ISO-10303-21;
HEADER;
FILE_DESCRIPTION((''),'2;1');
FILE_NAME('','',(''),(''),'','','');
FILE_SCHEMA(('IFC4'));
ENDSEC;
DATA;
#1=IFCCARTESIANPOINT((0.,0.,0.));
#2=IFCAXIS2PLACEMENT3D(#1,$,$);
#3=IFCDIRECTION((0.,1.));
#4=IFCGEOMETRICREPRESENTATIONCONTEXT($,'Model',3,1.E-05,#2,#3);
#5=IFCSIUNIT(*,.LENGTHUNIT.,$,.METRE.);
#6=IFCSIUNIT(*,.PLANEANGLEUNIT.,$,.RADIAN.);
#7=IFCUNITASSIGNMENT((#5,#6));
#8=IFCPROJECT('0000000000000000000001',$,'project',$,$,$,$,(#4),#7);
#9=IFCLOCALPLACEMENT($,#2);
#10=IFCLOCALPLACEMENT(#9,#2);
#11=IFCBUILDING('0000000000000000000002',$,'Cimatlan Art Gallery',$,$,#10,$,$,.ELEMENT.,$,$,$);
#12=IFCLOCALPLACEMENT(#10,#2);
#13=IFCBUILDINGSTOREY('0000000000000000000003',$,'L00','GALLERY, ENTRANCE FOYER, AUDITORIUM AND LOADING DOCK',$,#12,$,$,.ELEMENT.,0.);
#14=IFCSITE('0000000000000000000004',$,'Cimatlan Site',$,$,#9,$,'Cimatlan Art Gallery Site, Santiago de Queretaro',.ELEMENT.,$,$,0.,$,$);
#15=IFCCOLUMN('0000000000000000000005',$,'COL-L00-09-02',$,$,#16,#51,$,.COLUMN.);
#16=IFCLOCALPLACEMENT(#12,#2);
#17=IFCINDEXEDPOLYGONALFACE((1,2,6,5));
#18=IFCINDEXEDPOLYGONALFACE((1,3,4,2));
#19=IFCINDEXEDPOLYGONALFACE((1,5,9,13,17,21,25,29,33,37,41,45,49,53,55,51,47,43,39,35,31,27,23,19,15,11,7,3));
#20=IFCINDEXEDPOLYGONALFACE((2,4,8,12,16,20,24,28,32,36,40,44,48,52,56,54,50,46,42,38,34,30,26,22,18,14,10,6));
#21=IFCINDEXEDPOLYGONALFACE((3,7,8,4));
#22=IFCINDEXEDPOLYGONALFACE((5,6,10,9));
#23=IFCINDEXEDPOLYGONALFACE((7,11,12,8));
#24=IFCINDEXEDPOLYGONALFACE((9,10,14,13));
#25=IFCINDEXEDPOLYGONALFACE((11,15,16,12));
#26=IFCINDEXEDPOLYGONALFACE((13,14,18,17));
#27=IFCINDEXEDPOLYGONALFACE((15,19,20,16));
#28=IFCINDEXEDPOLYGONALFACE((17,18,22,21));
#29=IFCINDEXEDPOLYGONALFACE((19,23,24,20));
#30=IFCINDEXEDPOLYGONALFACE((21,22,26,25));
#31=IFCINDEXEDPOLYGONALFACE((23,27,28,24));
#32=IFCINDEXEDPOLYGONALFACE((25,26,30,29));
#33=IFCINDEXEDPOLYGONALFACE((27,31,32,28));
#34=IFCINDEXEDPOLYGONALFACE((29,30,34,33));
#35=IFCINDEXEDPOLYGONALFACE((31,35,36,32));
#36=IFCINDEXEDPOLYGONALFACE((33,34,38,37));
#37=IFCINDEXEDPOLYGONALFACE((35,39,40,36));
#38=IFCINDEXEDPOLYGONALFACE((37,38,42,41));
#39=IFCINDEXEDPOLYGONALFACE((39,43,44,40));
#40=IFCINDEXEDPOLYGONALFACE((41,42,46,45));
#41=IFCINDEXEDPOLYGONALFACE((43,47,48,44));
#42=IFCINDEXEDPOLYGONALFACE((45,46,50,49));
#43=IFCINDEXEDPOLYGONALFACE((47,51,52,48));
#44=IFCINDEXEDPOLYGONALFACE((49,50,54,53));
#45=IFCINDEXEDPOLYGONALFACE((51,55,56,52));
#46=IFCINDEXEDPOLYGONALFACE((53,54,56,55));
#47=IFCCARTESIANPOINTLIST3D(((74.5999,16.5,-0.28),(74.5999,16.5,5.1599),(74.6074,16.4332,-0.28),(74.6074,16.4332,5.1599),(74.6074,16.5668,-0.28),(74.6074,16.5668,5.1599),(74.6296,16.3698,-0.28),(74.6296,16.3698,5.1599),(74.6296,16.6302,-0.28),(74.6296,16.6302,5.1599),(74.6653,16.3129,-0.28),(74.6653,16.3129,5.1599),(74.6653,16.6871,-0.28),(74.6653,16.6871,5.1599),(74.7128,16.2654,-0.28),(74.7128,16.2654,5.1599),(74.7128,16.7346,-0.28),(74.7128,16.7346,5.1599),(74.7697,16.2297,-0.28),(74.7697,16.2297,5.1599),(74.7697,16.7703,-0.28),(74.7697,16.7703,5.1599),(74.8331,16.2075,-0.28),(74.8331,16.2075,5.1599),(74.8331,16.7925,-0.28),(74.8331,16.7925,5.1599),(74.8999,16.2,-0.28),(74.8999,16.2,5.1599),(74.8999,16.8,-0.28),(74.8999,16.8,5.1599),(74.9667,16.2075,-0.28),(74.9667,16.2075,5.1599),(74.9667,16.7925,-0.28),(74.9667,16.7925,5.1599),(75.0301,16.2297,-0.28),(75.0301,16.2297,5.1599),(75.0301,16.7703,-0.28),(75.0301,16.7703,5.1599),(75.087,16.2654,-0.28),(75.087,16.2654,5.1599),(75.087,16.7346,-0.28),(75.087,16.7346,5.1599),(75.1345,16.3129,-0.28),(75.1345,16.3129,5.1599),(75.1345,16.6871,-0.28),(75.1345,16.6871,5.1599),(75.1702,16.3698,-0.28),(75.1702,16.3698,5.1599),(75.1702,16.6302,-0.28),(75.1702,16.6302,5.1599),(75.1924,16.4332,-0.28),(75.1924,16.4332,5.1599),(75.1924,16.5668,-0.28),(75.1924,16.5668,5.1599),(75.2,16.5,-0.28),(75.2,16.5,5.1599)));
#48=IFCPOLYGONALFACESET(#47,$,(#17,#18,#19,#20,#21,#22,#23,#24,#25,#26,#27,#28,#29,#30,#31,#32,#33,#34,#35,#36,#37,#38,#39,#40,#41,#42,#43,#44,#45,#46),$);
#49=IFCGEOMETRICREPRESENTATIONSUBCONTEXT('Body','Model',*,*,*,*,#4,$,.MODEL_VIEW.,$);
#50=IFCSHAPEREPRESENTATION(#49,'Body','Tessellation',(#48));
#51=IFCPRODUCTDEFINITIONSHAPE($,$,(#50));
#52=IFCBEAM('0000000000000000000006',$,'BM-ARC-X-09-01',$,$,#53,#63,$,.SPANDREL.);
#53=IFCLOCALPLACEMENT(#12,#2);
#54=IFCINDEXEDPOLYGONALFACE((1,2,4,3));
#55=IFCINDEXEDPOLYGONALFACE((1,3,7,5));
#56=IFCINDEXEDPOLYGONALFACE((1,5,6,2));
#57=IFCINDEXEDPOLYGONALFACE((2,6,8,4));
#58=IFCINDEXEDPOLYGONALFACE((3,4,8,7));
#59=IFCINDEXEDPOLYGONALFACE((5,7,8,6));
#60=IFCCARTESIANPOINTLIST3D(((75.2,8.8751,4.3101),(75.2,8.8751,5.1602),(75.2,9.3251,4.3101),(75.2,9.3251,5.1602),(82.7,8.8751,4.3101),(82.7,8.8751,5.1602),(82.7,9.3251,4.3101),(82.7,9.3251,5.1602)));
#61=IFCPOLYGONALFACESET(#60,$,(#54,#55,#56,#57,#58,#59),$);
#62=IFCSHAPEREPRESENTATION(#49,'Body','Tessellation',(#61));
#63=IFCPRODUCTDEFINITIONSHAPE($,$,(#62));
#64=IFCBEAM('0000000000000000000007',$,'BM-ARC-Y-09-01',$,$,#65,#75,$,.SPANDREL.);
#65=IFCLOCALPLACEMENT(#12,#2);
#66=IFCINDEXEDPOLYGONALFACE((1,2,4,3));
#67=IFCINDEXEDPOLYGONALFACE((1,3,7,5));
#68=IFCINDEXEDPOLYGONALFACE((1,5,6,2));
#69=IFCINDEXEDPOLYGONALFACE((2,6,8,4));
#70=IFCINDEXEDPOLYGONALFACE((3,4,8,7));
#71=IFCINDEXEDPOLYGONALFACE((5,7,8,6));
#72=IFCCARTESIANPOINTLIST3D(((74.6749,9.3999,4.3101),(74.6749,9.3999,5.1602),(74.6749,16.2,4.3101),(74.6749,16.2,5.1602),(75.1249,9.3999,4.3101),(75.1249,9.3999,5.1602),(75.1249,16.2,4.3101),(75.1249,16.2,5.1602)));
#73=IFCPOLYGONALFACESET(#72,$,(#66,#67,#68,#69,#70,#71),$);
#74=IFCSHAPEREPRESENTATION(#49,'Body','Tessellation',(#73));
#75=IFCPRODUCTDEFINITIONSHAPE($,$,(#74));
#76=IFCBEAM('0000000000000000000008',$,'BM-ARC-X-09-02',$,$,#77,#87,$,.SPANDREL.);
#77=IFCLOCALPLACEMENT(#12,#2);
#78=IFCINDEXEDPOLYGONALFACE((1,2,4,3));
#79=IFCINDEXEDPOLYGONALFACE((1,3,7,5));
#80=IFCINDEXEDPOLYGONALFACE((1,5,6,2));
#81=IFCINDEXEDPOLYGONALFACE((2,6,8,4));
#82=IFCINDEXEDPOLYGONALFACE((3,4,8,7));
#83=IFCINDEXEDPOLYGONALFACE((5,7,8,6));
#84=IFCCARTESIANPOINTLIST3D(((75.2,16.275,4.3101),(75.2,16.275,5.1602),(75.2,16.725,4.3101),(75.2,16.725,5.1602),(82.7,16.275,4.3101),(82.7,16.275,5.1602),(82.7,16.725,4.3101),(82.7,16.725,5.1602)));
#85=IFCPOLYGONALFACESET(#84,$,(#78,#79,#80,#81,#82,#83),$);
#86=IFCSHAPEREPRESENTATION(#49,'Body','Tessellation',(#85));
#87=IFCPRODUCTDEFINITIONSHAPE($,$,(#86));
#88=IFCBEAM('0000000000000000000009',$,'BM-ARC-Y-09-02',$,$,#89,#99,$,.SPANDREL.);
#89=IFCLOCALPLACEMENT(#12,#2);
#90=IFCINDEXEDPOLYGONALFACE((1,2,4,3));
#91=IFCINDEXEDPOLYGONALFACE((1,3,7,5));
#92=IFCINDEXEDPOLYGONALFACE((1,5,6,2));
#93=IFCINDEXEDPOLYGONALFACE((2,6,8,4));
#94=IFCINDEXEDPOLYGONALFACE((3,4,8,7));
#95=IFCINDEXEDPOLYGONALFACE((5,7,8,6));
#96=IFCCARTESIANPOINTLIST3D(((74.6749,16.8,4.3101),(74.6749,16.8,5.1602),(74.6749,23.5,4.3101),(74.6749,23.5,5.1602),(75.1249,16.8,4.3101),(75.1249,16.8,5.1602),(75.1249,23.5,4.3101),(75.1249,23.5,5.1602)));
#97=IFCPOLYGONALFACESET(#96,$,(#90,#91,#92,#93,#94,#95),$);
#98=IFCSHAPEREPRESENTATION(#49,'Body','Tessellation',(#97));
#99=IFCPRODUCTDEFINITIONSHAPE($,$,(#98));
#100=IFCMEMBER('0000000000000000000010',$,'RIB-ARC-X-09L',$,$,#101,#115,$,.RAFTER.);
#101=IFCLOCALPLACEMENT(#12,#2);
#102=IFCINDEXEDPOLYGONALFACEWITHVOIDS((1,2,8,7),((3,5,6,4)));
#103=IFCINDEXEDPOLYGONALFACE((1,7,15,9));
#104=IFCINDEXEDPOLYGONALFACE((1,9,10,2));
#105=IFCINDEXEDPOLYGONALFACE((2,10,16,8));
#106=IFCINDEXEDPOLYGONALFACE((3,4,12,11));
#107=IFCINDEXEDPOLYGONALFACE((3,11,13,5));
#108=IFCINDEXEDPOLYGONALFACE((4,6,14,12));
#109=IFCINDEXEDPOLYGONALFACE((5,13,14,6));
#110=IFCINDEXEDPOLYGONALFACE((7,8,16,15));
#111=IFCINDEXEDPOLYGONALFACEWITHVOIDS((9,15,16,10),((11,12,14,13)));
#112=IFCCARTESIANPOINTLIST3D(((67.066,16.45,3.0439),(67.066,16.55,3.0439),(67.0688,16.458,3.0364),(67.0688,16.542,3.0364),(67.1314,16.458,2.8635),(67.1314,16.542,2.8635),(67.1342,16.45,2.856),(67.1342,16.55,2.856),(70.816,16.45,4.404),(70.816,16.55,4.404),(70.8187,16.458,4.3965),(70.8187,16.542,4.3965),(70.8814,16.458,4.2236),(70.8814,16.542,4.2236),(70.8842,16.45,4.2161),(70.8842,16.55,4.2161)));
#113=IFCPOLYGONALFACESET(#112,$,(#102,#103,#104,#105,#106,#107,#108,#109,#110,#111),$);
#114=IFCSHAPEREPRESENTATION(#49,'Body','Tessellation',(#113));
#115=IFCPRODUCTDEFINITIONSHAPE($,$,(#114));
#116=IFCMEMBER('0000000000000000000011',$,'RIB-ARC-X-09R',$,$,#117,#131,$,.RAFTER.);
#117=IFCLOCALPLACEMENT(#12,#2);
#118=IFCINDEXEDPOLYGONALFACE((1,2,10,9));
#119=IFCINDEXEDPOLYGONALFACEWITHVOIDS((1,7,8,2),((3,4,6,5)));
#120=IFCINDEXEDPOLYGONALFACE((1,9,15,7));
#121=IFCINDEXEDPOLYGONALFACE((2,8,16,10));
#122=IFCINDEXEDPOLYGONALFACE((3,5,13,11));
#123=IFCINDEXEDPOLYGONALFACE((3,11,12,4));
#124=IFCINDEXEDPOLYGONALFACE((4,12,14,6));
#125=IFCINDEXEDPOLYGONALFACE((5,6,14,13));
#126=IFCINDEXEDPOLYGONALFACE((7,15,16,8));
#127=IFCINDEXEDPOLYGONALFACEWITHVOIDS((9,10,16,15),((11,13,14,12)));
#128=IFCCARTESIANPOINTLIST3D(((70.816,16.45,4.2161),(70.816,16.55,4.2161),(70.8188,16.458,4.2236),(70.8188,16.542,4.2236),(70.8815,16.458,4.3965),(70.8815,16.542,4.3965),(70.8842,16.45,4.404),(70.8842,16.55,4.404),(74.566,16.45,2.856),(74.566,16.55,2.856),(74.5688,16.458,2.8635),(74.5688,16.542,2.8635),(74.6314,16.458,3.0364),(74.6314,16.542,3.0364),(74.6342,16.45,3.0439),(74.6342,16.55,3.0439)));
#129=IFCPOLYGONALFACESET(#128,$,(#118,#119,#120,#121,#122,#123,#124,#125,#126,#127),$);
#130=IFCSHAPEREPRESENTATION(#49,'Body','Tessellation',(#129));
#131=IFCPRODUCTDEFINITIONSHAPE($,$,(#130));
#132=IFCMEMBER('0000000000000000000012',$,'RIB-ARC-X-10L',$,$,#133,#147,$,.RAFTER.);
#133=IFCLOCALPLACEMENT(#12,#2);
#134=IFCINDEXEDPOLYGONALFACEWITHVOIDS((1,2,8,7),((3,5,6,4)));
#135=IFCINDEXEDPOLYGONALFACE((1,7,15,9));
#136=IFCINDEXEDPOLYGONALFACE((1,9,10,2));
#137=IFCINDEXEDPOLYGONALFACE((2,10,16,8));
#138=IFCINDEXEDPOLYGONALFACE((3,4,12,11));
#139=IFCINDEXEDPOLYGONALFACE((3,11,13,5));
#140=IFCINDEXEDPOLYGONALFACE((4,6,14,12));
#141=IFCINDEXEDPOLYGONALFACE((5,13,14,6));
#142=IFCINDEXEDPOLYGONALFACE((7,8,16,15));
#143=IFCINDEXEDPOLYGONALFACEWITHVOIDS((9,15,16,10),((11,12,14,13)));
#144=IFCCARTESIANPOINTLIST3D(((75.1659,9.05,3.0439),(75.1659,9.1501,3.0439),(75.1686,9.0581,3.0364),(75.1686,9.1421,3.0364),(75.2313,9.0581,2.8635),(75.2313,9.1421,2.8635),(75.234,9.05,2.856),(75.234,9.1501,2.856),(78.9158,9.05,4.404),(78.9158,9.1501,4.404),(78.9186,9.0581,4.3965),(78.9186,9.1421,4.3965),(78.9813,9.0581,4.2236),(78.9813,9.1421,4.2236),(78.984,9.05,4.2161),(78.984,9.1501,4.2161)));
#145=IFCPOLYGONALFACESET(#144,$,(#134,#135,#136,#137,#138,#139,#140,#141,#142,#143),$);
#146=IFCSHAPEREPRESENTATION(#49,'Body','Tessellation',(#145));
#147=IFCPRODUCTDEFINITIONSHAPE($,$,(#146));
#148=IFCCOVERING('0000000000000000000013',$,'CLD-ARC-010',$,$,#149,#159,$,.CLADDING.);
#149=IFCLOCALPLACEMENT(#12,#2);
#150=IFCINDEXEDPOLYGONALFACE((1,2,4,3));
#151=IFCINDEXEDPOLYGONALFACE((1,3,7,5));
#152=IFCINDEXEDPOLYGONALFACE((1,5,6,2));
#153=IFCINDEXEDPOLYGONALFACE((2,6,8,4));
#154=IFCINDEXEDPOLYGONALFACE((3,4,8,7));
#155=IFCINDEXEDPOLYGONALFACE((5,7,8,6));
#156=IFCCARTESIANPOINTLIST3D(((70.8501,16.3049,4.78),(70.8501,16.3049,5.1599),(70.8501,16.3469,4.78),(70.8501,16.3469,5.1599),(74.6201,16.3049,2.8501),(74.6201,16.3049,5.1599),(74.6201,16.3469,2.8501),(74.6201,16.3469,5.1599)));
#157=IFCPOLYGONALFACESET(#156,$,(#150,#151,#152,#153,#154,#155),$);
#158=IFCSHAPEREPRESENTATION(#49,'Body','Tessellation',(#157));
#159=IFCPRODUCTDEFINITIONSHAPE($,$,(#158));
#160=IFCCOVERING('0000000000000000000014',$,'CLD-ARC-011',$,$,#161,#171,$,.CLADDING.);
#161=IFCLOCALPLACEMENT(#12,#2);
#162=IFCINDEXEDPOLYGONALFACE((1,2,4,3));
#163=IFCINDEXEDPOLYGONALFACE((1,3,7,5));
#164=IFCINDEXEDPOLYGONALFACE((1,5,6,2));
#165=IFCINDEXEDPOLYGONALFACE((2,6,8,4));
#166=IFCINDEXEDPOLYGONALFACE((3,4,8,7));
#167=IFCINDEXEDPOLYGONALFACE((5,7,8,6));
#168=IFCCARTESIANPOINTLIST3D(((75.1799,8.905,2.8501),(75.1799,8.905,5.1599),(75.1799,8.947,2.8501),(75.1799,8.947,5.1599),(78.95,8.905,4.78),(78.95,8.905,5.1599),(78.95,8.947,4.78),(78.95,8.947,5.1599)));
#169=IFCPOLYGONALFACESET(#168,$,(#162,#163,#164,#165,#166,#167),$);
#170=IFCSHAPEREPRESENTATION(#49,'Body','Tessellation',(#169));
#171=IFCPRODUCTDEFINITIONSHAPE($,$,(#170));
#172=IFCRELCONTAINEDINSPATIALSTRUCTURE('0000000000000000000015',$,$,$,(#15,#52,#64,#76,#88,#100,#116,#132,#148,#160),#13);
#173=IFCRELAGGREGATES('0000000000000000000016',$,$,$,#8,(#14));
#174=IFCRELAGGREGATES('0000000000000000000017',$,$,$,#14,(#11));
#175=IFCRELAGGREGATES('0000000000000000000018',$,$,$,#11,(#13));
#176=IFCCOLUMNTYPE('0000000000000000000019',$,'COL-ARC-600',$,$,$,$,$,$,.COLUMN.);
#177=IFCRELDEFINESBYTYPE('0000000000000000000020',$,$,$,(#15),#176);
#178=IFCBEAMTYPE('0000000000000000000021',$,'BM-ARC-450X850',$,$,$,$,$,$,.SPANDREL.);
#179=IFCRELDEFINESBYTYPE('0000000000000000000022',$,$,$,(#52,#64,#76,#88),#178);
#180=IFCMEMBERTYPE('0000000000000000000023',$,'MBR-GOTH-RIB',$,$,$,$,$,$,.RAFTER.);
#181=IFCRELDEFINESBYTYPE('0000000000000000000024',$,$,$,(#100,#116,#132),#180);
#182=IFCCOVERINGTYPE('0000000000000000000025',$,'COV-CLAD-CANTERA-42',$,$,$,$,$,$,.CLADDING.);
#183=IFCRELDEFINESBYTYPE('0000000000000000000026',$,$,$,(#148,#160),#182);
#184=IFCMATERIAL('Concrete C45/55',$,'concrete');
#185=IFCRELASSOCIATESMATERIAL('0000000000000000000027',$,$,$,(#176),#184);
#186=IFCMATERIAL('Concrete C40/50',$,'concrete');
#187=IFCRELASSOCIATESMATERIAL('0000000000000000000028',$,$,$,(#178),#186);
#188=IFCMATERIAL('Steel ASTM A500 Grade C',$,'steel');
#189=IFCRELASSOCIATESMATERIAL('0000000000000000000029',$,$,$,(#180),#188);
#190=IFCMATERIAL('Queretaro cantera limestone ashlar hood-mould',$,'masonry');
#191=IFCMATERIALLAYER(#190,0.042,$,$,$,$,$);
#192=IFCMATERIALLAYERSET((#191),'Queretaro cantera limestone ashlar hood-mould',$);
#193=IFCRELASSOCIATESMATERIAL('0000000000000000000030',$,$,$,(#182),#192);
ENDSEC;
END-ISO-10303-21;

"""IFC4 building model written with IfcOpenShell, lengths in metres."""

from ifc_helpers import new_model, si_unit, direction, frame, origin, origin_2d, place, context, subcontext, project, spatial, polyline, rectangle, hollow_rectangle, circle, outline, extrude, material, layer, layer_set, material_profile, profile_set, type_object, element, save


model = new_model("IFC4")

# Units and contexts
model_context = context("Model", 3, precision=1e-05, world=origin(), true_north=direction((0.0, 1.0)))
body_context = subcontext(model_context, "Body", "Model", "MODEL_VIEW")
ifc_project = project(units=[si_unit("LENGTHUNIT", "METRE"), si_unit("PLANEANGLEUNIT", "RADIAN")], contexts=[model_context])

# Site, building, storey
site_placement = place(None, origin())
site = spatial("IfcSite", under=ifc_project, at=site_placement, Name="Cimatlan Site", LongName="Cimatlan Art Gallery Site, Santiago de Queretaro", CompositionType="ELEMENT", RefElevation=0.0)
building_placement = place(site_placement, origin())
building = spatial("IfcBuilding", under=site, at=building_placement, Name="Cimatlan Art Gallery", CompositionType="ELEMENT")
storey_placement = place(building_placement, origin())
storey = spatial("IfcBuildingStorey", under=building, at=storey_placement, Name="L00", Description="GALLERY, ENTRANCE FOYER, AUDITORIUM AND LOADING DOCK", CompositionType="ELEMENT", Elevation=0.0)

# Shared definitions
ifc_material_1 = material(Name="Concrete C40/50", Category="concrete")

# Column
ifc_material_2 = material(Name="Concrete C45/55", Category="concrete")
ifc_material_profile_1 = material_profile(ifc_material_2, circle(Radius=0.3, at=origin_2d()), Name="RCD600")
ifc_profile_set_1 = profile_set([ifc_material_profile_1], Name="Concrete C45/55")
column_type = type_object("IfcColumnType", Name="COL-ARC-600", PredefinedType="COLUMN", material=ifc_profile_set_1)
for number, where, z_axis, x_axis, name in (
    (1, (74.8999, 16.5, -0.28), (0.0, 0.0, 1.0), (1.0, 0.0, 0.0), "COL-L00-09-02"),
):
    element("IfcColumn", number, at=place(storey_placement, frame(where, z_axis=z_axis, x_axis=x_axis)), inside=storey, type_object=column_type, Name=name, PredefinedType="COLUMN", context=body_context, shape_type="SweptSolid", body=[
        extrude(circle(Radius=0.3, at=origin_2d()), origin(), (0.0, 0.0, 1.0), 5.4399),
    ])

# Beams
ifc_material_profile_2 = material_profile(ifc_material_1, rectangle(XDim=0.45, YDim=0.8501, at=origin_2d()), Name="RC450X850")
ifc_profile_set_2 = profile_set([ifc_material_profile_2], Name="Concrete C40/50")
beam_type = type_object("IfcBeamType", Name="BM-ARC-450X850", PredefinedType="SPANDREL", material=ifc_profile_set_2)
beam_1_placement = place(storey_placement, frame((75.2, 9.1001, 4.7351), z_axis=(1.0, 0.0, 0.0), x_axis=(0.0, 1.0, 0.0)))
element("IfcBeam", 2, at=beam_1_placement, inside=storey, type_object=beam_type, Name="BM-ARC-X-09-01", PredefinedType="SPANDREL", context=body_context, shape_type="SweptSolid", body=[
    extrude(rectangle(XDim=0.45, YDim=0.8501, at=origin_2d()), origin(), (0.0, 0.0, 1.0), 7.5),
])
beam_2_placement = place(storey_placement, frame((74.8999, 9.3999, 4.7351), z_axis=(0.0, 1.0, 0.0), x_axis=(-1.0, 0.0, 0.0)))
element("IfcBeam", 3, at=beam_2_placement, inside=storey, type_object=beam_type, Name="BM-ARC-Y-09-01", PredefinedType="SPANDREL", context=body_context, shape_type="SweptSolid", body=[
    extrude(rectangle(XDim=0.45, YDim=0.8501, at=origin_2d()), origin(), (0.0, 0.0, 1.0), 6.8),
])
beam_3_placement = place(storey_placement, frame((75.2, 16.5, 4.7351), z_axis=(1.0, 0.0, 0.0), x_axis=(0.0, 1.0, 0.0)))
element("IfcBeam", 4, at=beam_3_placement, inside=storey, type_object=beam_type, Name="BM-ARC-X-09-02", PredefinedType="SPANDREL", context=body_context, shape_type="SweptSolid", body=[
    extrude(rectangle(XDim=0.45, YDim=0.8501, at=origin_2d()), origin(), (0.0, 0.0, 1.0), 7.5),
])
beam_4_placement = place(storey_placement, frame((74.8999, 16.8, 4.7351), z_axis=(0.0, 1.0, 0.0), x_axis=(-1.0, 0.0, 0.0)))
element("IfcBeam", 5, at=beam_4_placement, inside=storey, type_object=beam_type, Name="BM-ARC-Y-09-02", PredefinedType="SPANDREL", context=body_context, shape_type="SweptSolid", body=[
    extrude(rectangle(XDim=0.45, YDim=0.8501, at=origin_2d()), origin(), (0.0, 0.0, 1.0), 6.7),
])

# Members
ifc_material_3 = material(Name="Steel ASTM A500 Grade C", Category="steel")
ifc_material_profile_3 = material_profile(ifc_material_3, hollow_rectangle(XDim=0.1001, YDim=0.2, WallThickness=0.0081, at=origin_2d()), Name="HSS200X100X8")
ifc_profile_set_3 = profile_set([ifc_material_profile_3], Name="Steel ASTM A500 Grade C")
member_type = type_object("IfcMemberType", Name="MBR-GOTH-RIB", PredefinedType="RAFTER", material=ifc_profile_set_3)
for number, where, z_axis, x_axis, name in (
    (6, (67.1001, 16.5, 2.95), (0.940077, 0.0, 0.340962), (0.0, 1.0, 0.0), "RIB-ARC-X-09L"),
    (7, (74.6001, 16.5, 2.95), (-0.940077, 0.0, 0.340962), (0.0, -1.0, 0.0), "RIB-ARC-X-09R"),
    (8, (75.2, 9.1001, 2.95), (0.940077, 0.0, 0.340962), (0.0, 1.0, 0.0), "RIB-ARC-X-10L"),
):
    element("IfcMember", number, at=place(storey_placement, frame(where, z_axis=z_axis, x_axis=x_axis)), inside=storey, type_object=member_type, Name=name, PredefinedType="RAFTER", context=body_context, shape_type="SweptSolid", body=[
        extrude(hollow_rectangle(XDim=0.1001, YDim=0.2, WallThickness=0.0081, at=origin_2d()), origin(), (0.0, 0.0, 1.0), 3.989),
    ])

# Coverings
ifc_material_4 = material(Name="Queretaro cantera limestone ashlar hood-mould", Category="masonry")
ifc_layer = layer(ifc_material_4, 0.042)
ifc_layer_set = layer_set([ifc_layer], Name="Queretaro cantera limestone ashlar hood-mould")
covering_type = type_object("IfcCoveringType", Name="COV-CLAD-CANTERA-42", PredefinedType="CLADDING", material=ifc_layer_set)
covering_1_placement = place(storey_placement, frame((70.8501, 16.3049, 4.78), z_axis=(0.0, -1.0, 0.0), x_axis=(0.890144, 0.0, -0.455679)))
element("IfcCovering", 9, at=covering_1_placement, inside=storey, type_object=covering_type, Name="CLD-ARC-010", PredefinedType="CLADDING", context=body_context, shape_type="SweptSolid", body=[
    extrude(outline(polyline([(0.0, 0.0), (4.2353, 0.0), (3.1828, 2.0561), (-0.1731, 0.3382), (0.0, 0.0)])), origin(), (0.0, 0.0, -1.0), 0.042),
])
covering_2_placement = place(storey_placement, frame((75.1799, 8.905, 2.8501), z_axis=(0.0, -1.0, 0.0), x_axis=(0.890144, 0.0, 0.455679)))
element("IfcCovering", 10, at=covering_2_placement, inside=storey, type_object=covering_type, Name="CLD-ARC-011", PredefinedType="CLADDING", context=body_context, shape_type="SweptSolid", body=[
    extrude(outline(polyline([(0.0, 0.0), (4.2353, 0.0), (4.4084, 0.3382), (1.0525, 2.0561), (0.0, 0.0)])), origin(), (0.0, 0.0, -1.0), 0.042),
])

save(model, "model.ifc")
